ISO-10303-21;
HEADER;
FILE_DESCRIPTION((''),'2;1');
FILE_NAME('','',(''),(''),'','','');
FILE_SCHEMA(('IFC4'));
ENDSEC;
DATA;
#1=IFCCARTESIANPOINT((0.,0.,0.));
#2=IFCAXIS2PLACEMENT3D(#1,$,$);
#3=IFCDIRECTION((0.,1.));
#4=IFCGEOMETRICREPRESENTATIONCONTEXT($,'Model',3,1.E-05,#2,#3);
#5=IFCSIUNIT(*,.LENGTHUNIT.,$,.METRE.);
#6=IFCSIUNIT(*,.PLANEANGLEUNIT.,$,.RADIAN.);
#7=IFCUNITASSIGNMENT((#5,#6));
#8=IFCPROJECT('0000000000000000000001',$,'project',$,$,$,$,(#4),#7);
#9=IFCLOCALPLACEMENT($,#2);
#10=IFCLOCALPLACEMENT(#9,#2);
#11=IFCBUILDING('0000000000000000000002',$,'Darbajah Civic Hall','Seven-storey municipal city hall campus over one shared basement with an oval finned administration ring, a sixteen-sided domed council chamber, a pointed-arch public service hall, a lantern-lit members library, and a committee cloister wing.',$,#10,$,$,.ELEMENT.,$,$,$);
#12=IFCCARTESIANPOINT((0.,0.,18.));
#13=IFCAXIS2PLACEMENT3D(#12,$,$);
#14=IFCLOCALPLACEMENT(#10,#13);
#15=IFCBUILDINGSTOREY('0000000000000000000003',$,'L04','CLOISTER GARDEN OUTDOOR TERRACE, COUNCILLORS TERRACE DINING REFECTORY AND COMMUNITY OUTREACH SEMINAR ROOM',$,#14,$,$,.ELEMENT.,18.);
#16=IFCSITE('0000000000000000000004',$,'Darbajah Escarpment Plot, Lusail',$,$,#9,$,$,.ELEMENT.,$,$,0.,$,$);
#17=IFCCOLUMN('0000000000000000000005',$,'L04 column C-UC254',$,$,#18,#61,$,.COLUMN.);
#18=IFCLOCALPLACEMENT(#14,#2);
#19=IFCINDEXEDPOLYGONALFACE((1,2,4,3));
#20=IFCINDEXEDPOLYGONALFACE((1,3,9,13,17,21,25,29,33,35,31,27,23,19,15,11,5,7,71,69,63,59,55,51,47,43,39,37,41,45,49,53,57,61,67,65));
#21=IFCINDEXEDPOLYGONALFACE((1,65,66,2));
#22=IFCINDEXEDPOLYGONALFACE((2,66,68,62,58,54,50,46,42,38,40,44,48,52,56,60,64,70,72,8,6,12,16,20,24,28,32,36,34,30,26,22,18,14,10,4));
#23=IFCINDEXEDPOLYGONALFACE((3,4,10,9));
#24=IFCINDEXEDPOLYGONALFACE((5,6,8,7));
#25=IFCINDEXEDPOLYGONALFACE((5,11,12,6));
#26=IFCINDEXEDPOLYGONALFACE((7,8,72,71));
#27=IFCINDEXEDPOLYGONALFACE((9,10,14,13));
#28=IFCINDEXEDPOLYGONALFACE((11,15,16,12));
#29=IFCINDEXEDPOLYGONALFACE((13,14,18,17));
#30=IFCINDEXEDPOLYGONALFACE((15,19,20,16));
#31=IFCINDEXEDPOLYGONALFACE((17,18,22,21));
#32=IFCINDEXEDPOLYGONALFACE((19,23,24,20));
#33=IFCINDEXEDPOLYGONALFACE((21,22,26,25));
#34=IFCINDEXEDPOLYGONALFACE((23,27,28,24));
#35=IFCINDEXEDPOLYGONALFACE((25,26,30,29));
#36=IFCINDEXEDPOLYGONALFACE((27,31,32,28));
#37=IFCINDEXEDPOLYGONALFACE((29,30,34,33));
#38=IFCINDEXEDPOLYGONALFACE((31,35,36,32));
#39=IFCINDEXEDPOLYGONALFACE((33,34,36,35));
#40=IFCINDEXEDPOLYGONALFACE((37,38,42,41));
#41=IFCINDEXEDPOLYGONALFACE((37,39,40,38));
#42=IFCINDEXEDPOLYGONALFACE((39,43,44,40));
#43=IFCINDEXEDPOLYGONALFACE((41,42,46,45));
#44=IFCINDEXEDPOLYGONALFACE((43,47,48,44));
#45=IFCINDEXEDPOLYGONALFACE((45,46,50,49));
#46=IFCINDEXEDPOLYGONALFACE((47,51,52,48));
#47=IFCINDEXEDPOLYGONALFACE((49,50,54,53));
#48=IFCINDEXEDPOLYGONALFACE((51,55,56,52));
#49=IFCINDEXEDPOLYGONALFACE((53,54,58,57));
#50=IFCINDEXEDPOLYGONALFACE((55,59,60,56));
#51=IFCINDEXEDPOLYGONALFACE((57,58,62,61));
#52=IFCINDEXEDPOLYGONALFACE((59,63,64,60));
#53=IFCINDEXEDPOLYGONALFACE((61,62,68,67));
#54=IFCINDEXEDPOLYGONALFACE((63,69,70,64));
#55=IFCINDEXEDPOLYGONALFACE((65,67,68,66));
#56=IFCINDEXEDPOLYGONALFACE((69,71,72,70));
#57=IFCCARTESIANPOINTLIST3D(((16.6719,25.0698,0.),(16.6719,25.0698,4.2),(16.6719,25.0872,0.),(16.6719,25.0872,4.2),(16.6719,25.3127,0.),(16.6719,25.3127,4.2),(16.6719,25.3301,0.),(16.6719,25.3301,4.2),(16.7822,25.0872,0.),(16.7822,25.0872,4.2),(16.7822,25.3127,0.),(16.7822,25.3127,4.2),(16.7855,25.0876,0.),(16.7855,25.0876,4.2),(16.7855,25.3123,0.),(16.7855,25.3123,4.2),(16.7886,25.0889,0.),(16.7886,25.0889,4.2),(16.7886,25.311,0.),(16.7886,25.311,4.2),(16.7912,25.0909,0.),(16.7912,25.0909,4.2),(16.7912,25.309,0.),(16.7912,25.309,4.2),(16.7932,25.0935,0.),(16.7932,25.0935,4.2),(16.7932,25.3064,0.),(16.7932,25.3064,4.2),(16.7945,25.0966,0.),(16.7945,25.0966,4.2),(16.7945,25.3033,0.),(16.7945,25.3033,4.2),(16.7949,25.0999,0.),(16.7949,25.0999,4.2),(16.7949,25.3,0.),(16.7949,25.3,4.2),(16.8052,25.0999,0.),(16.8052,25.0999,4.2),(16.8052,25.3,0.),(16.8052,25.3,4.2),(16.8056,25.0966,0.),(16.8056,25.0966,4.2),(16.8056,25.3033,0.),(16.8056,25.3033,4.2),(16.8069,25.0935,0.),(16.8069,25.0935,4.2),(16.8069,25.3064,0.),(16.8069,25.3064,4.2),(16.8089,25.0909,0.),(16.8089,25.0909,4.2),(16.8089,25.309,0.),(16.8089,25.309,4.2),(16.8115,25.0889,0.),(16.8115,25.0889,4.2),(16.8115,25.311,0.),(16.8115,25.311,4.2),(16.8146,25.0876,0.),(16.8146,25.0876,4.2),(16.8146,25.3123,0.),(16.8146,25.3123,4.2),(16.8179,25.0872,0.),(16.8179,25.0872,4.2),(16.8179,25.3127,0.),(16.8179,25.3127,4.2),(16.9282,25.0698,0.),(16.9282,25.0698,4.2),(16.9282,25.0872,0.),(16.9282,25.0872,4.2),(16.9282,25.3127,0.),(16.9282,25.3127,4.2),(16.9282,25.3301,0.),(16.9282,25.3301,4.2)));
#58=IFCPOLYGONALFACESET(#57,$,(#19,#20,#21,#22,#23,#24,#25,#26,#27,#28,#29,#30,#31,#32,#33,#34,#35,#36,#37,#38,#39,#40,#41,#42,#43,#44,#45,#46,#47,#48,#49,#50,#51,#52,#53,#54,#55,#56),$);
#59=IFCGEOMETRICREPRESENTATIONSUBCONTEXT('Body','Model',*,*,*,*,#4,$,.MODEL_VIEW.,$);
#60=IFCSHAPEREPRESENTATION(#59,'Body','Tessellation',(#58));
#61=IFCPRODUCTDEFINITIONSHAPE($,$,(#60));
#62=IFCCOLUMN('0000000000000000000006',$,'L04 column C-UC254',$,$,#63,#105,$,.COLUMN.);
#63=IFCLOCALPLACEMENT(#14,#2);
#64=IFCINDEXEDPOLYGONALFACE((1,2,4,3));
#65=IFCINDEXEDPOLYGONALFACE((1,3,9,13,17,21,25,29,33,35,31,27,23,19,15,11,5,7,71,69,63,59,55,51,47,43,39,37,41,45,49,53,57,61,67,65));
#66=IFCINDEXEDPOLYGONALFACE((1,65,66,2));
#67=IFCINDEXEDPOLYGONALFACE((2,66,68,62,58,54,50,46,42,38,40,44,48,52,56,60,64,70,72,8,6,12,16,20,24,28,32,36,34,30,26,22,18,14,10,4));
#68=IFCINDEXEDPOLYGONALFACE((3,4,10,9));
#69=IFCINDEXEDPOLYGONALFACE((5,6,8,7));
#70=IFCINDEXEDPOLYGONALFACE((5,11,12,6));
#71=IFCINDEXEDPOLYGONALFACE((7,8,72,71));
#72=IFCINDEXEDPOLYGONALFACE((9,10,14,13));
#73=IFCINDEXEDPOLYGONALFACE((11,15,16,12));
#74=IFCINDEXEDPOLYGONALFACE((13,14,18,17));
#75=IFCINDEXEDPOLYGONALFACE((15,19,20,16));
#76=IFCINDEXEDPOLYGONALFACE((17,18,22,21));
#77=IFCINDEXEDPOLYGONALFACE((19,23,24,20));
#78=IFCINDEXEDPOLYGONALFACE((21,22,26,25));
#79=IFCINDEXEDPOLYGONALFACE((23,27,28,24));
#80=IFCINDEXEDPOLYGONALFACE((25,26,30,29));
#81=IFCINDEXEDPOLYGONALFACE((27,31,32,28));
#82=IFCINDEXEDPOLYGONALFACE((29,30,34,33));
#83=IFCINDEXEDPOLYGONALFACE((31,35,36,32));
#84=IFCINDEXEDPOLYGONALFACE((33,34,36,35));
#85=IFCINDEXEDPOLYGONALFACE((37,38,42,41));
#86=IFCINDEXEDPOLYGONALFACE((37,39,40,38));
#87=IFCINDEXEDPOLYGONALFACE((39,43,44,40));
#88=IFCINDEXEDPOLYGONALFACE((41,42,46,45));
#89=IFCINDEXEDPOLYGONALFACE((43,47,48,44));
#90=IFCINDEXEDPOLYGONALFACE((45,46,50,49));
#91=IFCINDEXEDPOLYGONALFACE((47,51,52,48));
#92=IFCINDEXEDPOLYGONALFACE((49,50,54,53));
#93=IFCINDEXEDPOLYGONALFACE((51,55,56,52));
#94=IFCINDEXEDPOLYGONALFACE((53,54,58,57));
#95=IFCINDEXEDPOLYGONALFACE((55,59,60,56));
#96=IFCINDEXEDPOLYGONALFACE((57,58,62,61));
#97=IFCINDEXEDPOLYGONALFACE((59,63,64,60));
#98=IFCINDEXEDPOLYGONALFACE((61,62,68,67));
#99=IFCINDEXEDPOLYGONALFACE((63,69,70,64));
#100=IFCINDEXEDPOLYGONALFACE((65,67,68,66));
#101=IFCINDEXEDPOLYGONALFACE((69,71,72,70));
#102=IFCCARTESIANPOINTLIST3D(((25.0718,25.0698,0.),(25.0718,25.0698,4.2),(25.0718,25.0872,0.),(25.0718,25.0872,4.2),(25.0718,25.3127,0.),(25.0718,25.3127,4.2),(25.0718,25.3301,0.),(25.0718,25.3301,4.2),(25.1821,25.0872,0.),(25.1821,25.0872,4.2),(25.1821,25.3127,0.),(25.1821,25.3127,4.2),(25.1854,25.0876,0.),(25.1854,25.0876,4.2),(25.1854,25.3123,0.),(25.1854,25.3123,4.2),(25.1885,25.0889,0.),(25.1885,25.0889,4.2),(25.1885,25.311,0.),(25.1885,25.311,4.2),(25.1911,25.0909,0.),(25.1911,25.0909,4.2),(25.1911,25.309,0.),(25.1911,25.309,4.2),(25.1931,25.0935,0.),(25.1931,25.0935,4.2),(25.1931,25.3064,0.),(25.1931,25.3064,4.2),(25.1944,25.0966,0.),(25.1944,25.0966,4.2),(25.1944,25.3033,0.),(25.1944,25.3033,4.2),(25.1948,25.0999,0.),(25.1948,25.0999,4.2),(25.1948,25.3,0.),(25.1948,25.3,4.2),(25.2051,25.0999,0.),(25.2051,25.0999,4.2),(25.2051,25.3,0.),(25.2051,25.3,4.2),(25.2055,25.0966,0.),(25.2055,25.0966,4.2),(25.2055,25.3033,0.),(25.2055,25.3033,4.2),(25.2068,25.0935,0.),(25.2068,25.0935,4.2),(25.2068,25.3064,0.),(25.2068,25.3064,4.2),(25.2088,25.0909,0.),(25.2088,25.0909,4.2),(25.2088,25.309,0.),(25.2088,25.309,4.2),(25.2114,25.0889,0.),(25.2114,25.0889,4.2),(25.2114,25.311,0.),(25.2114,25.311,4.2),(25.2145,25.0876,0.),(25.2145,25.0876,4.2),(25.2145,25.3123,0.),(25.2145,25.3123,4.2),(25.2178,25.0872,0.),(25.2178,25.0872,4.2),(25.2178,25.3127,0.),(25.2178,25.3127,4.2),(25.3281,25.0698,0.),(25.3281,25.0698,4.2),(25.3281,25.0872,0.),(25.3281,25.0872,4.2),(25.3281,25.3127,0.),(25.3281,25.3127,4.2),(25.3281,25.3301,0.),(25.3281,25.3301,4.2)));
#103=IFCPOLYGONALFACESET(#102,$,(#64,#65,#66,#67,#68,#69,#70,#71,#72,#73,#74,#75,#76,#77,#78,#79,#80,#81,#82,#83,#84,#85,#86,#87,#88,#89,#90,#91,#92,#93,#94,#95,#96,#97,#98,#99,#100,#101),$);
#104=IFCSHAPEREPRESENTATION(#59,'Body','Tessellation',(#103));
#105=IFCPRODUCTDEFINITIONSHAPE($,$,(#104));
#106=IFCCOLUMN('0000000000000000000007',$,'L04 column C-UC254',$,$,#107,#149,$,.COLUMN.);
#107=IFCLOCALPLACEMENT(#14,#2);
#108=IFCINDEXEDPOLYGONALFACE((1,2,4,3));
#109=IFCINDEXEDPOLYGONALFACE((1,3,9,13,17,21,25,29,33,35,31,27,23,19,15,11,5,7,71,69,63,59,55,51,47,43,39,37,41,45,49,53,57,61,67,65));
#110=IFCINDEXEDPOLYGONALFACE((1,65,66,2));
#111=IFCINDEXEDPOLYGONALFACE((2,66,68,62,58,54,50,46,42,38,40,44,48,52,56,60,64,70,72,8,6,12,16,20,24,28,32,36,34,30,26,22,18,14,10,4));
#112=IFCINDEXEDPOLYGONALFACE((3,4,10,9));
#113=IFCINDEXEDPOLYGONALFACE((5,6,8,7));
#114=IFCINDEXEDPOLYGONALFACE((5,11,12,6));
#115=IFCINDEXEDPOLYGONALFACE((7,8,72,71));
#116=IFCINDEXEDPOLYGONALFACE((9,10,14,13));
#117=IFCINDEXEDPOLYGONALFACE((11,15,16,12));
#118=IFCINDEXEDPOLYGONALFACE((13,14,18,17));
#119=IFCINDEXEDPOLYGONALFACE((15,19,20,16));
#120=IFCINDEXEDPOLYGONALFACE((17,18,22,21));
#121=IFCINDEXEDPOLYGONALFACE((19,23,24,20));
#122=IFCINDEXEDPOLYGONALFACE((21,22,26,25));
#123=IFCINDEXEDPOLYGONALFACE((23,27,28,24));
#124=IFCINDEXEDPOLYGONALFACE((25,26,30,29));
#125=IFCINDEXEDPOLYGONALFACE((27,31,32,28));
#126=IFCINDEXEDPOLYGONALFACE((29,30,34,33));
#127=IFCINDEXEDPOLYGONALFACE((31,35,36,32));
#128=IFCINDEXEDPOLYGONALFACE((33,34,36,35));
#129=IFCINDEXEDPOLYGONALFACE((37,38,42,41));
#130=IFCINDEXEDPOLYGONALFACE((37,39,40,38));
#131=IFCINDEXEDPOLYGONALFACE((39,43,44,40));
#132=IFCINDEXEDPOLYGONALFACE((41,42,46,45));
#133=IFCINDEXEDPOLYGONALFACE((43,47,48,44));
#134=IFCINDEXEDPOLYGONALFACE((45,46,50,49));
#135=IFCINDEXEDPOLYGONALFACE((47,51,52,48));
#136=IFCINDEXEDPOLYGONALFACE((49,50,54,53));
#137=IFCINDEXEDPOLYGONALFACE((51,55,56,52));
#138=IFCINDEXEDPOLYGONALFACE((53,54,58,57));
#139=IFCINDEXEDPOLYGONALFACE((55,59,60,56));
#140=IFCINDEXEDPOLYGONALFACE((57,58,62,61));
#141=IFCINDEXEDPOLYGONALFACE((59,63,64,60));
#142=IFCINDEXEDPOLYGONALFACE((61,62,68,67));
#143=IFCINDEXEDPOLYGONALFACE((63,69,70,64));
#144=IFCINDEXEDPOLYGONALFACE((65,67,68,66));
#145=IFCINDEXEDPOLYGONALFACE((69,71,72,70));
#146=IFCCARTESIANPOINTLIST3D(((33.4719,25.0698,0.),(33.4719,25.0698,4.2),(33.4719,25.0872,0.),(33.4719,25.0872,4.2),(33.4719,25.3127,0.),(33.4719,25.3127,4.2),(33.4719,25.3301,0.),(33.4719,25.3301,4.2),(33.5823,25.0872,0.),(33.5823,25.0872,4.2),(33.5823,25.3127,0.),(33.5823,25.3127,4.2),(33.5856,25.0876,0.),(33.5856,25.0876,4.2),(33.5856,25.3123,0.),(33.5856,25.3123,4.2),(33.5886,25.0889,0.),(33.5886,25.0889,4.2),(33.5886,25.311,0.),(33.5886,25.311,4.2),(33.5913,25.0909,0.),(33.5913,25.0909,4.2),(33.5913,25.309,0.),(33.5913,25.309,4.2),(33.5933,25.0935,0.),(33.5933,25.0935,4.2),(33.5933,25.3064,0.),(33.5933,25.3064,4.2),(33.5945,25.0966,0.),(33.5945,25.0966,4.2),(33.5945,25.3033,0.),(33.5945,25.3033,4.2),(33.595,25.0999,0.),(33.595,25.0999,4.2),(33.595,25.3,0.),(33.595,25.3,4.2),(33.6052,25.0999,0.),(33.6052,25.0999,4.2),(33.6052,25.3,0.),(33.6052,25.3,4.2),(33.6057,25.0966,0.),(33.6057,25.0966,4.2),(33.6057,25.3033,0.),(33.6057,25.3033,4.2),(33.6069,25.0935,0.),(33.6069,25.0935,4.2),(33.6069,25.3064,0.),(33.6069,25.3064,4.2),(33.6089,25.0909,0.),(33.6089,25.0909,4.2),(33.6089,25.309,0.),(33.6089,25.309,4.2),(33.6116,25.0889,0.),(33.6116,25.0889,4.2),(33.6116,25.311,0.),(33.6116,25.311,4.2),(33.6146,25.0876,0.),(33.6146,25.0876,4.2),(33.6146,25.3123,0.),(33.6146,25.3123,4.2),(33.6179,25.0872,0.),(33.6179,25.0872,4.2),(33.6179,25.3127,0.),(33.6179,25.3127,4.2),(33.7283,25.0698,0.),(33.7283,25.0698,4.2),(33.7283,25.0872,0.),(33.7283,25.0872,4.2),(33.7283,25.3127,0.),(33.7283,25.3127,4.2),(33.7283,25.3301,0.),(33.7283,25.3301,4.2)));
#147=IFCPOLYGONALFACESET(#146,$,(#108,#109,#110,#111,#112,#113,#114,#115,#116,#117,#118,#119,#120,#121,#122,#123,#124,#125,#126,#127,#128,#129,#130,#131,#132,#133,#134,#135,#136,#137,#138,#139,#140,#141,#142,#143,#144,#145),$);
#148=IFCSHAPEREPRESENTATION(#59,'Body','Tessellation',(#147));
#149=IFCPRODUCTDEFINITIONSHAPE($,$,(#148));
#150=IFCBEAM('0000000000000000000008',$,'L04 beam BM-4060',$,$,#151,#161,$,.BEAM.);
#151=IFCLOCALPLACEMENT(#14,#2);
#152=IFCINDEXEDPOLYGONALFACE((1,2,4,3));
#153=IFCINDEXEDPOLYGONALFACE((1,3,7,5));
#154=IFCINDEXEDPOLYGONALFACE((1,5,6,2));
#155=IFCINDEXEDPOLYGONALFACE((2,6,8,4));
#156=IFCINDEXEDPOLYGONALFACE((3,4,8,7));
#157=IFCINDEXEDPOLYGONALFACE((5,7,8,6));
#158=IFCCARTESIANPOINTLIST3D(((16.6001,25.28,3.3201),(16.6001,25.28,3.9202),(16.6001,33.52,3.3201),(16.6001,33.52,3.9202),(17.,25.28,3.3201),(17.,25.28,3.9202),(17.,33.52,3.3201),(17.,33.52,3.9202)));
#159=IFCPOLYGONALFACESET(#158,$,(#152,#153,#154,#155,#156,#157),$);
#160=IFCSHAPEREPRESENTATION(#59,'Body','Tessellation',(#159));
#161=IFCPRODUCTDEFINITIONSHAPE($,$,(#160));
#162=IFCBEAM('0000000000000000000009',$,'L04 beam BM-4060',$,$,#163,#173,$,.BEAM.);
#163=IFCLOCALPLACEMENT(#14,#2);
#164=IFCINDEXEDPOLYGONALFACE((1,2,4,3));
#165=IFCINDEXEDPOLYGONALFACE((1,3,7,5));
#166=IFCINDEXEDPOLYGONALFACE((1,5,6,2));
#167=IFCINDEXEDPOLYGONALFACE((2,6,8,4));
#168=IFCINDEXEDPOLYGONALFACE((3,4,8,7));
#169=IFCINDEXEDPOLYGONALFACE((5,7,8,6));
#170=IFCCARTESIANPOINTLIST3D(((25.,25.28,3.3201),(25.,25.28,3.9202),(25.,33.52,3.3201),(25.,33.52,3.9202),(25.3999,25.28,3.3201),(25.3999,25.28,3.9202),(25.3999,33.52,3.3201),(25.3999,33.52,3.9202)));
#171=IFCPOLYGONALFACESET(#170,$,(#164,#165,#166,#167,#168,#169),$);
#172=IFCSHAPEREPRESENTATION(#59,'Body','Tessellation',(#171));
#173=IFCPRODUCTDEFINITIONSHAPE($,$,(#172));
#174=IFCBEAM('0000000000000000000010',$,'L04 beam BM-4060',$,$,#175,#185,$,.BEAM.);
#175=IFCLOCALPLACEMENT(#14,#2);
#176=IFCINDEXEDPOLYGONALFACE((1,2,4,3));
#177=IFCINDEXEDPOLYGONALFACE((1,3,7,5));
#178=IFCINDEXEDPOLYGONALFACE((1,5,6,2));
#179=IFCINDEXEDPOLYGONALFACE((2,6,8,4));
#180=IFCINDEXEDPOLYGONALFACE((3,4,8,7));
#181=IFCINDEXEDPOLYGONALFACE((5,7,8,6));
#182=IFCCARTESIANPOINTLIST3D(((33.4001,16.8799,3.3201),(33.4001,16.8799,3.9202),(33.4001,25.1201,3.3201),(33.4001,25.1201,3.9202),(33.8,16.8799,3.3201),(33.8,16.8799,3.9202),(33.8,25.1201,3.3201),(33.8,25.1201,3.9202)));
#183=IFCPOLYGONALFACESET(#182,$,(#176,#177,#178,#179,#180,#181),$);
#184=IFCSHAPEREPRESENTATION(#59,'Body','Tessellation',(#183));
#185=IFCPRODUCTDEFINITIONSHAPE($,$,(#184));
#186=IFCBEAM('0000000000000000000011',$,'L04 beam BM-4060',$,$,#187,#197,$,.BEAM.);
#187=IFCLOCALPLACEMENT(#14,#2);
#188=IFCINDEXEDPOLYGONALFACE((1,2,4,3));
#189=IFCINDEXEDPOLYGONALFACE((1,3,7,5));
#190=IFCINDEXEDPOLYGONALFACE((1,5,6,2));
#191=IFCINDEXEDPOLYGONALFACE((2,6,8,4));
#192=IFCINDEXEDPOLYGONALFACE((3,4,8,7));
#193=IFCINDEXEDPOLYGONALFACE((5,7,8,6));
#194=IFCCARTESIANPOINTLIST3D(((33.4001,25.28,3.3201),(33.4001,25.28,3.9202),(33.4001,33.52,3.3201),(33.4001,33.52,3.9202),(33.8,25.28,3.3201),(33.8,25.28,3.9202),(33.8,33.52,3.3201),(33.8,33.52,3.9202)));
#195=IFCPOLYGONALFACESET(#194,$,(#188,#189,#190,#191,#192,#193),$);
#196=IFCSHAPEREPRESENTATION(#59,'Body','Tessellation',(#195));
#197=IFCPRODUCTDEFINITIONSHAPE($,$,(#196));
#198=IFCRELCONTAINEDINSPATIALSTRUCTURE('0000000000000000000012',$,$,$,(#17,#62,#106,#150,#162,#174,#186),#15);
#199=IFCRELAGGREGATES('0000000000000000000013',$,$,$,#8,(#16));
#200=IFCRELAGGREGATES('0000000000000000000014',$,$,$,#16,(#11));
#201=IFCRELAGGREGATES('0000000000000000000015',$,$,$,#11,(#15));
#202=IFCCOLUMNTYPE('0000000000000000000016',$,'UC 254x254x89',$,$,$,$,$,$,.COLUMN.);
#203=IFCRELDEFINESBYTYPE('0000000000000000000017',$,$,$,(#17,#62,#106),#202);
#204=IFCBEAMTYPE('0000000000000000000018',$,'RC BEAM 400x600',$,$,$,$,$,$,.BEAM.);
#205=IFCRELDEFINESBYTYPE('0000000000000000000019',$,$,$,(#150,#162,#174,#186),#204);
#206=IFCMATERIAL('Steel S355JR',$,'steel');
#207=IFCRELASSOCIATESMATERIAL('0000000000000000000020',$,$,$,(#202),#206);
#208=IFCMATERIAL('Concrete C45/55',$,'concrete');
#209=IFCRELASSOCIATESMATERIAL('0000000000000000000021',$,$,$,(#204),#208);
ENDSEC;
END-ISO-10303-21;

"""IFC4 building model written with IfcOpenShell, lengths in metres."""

from ifc_helpers import new_model, si_unit, direction, frame, origin, origin_2d, place, context, subcontext, project, spatial, rectangle, i_section, extrude, material, material_profile, profile_set, type_object, element, save


model = new_model("IFC4")

# Units and contexts
model_context = context("Model", 3, precision=1e-05, world=origin(), true_north=direction((0.0, 1.0)))
body_context = subcontext(model_context, "Body", "Model", "MODEL_VIEW")
ifc_project = project(units=[si_unit("LENGTHUNIT", "METRE"), si_unit("PLANEANGLEUNIT", "RADIAN")], contexts=[model_context])

# Site, building, storey
site_placement = place(None, origin())
site = spatial("IfcSite", under=ifc_project, at=site_placement, Name="Darbajah Escarpment Plot, Lusail", CompositionType="ELEMENT", RefElevation=0.0)
building_placement = place(site_placement, origin())
building = spatial("IfcBuilding", under=site, at=building_placement, Name="Darbajah Civic Hall", Description="Seven-storey municipal city hall campus over one shared basement with an oval finned administration ring, a sixteen-sided domed council chamber, a pointed-arch public service hall, a lantern-lit members library, and a committee cloister wing.", CompositionType="ELEMENT")
storey_placement = place(building_placement, frame((0.0, 0.0, 18.0)))
storey = spatial("IfcBuildingStorey", under=building, at=storey_placement, Name="L04", Description="CLOISTER GARDEN OUTDOOR TERRACE, COUNCILLORS TERRACE DINING REFECTORY AND COMMUNITY OUTREACH SEMINAR ROOM", CompositionType="ELEMENT", Elevation=18.0)

# Columns
ifc_material_1 = material(Name="Steel S355JR", Category="steel")
ifc_material_profile_1 = material_profile(ifc_material_1, i_section(OverallWidth=0.2563, OverallDepth=0.2603, WebThickness=0.0103, FlangeThickness=0.0173, FilletRadius=0.0127, at=origin_2d()), Name="UC 254x254x89")
ifc_profile_set_1 = profile_set([ifc_material_profile_1], Name="Steel S355JR")
column_type = type_object("IfcColumnType", Name="UC 254x254x89", PredefinedType="COLUMN", material=ifc_profile_set_1)
for number, where, z_axis, x_axis, name in (
    (1, (16.8, 25.2, 0.0), (0.0, 0.0, 1.0), (1.0, 0.0, 0.0), "L04 column C-UC254"),
    (2, (25.2, 25.2, 0.0), (0.0, 0.0, 1.0), (1.0, 0.0, 0.0), "L04 column C-UC254"),
    (3, (33.6001, 25.2, 0.0), (0.0, 0.0, 1.0), (1.0, 0.0, 0.0), "L04 column C-UC254"),
):
    element("IfcColumn", number, at=place(storey_placement, frame(where, z_axis=z_axis, x_axis=x_axis)), inside=storey, type_object=column_type, Name=name, PredefinedType="COLUMN", context=body_context, shape_type="SweptSolid", body=[
        extrude(i_section(OverallWidth=0.2563, OverallDepth=0.2603, WebThickness=0.0103, FlangeThickness=0.0173, FilletRadius=0.0127, at=origin_2d()), origin(), (0.0, 0.0, 1.0), 4.2),
    ])

# Beams
ifc_material_2 = material(Name="Concrete C45/55", Category="concrete")
ifc_material_profile_2 = material_profile(ifc_material_2, rectangle(XDim=0.3999, YDim=0.6001, at=origin_2d()), Name="RC BEAM 400x600")
ifc_profile_set_2 = profile_set([ifc_material_profile_2], Name="Concrete C45/55")
beam_type_1 = type_object("IfcBeamType", Name="RC BEAM 400x600", PredefinedType="BEAM", material=ifc_profile_set_2)
for number, where, z_axis, x_axis, name in (
    (4, (16.8, 25.28, 3.6201), (0.0, 1.0, 0.0), (-1.0, 0.0, 0.0), "L04 beam BM-4060"),
    (5, (25.2, 25.28, 3.6201), (0.0, 1.0, 0.0), (-1.0, 0.0, 0.0), "L04 beam BM-4060"),
):
    element("IfcBeam", number, at=place(storey_placement, frame(where, z_axis=z_axis, x_axis=x_axis)), inside=storey, type_object=beam_type_1, Name=name, PredefinedType="BEAM", context=body_context, shape_type="SweptSolid", body=[
        extrude(rectangle(XDim=0.3999, YDim=0.6001, at=origin_2d()), origin(), (0.0, 0.0, 1.0), 8.24),
    ])
beam_1_placement = place(storey_placement, frame((33.6001, 16.8799, 3.6201), z_axis=(0.0, 1.0, 0.0), x_axis=(-1.0, 0.0, 0.0)))
element("IfcBeam", 6, at=beam_1_placement, inside=storey, type_object=beam_type_1, Name="L04 beam BM-4060", PredefinedType="BEAM", context=body_context, shape_type="SweptSolid", body=[
    extrude(rectangle(XDim=0.3999, YDim=0.6001, at=origin_2d()), origin(), (0.0, 0.0, 1.0), 8.2402),
])
beam_2_placement = place(storey_placement, frame((33.6001, 25.28, 3.6201), z_axis=(0.0, 1.0, 0.0), x_axis=(-1.0, 0.0, 0.0)))
element("IfcBeam", 7, at=beam_2_placement, inside=storey, type_object=beam_type_1, Name="L04 beam BM-4060", PredefinedType="BEAM", context=body_context, shape_type="SweptSolid", body=[
    extrude(rectangle(XDim=0.3999, YDim=0.6001, at=origin_2d()), origin(), (0.0, 0.0, 1.0), 8.24),
])

save(model, "model.ifc")
